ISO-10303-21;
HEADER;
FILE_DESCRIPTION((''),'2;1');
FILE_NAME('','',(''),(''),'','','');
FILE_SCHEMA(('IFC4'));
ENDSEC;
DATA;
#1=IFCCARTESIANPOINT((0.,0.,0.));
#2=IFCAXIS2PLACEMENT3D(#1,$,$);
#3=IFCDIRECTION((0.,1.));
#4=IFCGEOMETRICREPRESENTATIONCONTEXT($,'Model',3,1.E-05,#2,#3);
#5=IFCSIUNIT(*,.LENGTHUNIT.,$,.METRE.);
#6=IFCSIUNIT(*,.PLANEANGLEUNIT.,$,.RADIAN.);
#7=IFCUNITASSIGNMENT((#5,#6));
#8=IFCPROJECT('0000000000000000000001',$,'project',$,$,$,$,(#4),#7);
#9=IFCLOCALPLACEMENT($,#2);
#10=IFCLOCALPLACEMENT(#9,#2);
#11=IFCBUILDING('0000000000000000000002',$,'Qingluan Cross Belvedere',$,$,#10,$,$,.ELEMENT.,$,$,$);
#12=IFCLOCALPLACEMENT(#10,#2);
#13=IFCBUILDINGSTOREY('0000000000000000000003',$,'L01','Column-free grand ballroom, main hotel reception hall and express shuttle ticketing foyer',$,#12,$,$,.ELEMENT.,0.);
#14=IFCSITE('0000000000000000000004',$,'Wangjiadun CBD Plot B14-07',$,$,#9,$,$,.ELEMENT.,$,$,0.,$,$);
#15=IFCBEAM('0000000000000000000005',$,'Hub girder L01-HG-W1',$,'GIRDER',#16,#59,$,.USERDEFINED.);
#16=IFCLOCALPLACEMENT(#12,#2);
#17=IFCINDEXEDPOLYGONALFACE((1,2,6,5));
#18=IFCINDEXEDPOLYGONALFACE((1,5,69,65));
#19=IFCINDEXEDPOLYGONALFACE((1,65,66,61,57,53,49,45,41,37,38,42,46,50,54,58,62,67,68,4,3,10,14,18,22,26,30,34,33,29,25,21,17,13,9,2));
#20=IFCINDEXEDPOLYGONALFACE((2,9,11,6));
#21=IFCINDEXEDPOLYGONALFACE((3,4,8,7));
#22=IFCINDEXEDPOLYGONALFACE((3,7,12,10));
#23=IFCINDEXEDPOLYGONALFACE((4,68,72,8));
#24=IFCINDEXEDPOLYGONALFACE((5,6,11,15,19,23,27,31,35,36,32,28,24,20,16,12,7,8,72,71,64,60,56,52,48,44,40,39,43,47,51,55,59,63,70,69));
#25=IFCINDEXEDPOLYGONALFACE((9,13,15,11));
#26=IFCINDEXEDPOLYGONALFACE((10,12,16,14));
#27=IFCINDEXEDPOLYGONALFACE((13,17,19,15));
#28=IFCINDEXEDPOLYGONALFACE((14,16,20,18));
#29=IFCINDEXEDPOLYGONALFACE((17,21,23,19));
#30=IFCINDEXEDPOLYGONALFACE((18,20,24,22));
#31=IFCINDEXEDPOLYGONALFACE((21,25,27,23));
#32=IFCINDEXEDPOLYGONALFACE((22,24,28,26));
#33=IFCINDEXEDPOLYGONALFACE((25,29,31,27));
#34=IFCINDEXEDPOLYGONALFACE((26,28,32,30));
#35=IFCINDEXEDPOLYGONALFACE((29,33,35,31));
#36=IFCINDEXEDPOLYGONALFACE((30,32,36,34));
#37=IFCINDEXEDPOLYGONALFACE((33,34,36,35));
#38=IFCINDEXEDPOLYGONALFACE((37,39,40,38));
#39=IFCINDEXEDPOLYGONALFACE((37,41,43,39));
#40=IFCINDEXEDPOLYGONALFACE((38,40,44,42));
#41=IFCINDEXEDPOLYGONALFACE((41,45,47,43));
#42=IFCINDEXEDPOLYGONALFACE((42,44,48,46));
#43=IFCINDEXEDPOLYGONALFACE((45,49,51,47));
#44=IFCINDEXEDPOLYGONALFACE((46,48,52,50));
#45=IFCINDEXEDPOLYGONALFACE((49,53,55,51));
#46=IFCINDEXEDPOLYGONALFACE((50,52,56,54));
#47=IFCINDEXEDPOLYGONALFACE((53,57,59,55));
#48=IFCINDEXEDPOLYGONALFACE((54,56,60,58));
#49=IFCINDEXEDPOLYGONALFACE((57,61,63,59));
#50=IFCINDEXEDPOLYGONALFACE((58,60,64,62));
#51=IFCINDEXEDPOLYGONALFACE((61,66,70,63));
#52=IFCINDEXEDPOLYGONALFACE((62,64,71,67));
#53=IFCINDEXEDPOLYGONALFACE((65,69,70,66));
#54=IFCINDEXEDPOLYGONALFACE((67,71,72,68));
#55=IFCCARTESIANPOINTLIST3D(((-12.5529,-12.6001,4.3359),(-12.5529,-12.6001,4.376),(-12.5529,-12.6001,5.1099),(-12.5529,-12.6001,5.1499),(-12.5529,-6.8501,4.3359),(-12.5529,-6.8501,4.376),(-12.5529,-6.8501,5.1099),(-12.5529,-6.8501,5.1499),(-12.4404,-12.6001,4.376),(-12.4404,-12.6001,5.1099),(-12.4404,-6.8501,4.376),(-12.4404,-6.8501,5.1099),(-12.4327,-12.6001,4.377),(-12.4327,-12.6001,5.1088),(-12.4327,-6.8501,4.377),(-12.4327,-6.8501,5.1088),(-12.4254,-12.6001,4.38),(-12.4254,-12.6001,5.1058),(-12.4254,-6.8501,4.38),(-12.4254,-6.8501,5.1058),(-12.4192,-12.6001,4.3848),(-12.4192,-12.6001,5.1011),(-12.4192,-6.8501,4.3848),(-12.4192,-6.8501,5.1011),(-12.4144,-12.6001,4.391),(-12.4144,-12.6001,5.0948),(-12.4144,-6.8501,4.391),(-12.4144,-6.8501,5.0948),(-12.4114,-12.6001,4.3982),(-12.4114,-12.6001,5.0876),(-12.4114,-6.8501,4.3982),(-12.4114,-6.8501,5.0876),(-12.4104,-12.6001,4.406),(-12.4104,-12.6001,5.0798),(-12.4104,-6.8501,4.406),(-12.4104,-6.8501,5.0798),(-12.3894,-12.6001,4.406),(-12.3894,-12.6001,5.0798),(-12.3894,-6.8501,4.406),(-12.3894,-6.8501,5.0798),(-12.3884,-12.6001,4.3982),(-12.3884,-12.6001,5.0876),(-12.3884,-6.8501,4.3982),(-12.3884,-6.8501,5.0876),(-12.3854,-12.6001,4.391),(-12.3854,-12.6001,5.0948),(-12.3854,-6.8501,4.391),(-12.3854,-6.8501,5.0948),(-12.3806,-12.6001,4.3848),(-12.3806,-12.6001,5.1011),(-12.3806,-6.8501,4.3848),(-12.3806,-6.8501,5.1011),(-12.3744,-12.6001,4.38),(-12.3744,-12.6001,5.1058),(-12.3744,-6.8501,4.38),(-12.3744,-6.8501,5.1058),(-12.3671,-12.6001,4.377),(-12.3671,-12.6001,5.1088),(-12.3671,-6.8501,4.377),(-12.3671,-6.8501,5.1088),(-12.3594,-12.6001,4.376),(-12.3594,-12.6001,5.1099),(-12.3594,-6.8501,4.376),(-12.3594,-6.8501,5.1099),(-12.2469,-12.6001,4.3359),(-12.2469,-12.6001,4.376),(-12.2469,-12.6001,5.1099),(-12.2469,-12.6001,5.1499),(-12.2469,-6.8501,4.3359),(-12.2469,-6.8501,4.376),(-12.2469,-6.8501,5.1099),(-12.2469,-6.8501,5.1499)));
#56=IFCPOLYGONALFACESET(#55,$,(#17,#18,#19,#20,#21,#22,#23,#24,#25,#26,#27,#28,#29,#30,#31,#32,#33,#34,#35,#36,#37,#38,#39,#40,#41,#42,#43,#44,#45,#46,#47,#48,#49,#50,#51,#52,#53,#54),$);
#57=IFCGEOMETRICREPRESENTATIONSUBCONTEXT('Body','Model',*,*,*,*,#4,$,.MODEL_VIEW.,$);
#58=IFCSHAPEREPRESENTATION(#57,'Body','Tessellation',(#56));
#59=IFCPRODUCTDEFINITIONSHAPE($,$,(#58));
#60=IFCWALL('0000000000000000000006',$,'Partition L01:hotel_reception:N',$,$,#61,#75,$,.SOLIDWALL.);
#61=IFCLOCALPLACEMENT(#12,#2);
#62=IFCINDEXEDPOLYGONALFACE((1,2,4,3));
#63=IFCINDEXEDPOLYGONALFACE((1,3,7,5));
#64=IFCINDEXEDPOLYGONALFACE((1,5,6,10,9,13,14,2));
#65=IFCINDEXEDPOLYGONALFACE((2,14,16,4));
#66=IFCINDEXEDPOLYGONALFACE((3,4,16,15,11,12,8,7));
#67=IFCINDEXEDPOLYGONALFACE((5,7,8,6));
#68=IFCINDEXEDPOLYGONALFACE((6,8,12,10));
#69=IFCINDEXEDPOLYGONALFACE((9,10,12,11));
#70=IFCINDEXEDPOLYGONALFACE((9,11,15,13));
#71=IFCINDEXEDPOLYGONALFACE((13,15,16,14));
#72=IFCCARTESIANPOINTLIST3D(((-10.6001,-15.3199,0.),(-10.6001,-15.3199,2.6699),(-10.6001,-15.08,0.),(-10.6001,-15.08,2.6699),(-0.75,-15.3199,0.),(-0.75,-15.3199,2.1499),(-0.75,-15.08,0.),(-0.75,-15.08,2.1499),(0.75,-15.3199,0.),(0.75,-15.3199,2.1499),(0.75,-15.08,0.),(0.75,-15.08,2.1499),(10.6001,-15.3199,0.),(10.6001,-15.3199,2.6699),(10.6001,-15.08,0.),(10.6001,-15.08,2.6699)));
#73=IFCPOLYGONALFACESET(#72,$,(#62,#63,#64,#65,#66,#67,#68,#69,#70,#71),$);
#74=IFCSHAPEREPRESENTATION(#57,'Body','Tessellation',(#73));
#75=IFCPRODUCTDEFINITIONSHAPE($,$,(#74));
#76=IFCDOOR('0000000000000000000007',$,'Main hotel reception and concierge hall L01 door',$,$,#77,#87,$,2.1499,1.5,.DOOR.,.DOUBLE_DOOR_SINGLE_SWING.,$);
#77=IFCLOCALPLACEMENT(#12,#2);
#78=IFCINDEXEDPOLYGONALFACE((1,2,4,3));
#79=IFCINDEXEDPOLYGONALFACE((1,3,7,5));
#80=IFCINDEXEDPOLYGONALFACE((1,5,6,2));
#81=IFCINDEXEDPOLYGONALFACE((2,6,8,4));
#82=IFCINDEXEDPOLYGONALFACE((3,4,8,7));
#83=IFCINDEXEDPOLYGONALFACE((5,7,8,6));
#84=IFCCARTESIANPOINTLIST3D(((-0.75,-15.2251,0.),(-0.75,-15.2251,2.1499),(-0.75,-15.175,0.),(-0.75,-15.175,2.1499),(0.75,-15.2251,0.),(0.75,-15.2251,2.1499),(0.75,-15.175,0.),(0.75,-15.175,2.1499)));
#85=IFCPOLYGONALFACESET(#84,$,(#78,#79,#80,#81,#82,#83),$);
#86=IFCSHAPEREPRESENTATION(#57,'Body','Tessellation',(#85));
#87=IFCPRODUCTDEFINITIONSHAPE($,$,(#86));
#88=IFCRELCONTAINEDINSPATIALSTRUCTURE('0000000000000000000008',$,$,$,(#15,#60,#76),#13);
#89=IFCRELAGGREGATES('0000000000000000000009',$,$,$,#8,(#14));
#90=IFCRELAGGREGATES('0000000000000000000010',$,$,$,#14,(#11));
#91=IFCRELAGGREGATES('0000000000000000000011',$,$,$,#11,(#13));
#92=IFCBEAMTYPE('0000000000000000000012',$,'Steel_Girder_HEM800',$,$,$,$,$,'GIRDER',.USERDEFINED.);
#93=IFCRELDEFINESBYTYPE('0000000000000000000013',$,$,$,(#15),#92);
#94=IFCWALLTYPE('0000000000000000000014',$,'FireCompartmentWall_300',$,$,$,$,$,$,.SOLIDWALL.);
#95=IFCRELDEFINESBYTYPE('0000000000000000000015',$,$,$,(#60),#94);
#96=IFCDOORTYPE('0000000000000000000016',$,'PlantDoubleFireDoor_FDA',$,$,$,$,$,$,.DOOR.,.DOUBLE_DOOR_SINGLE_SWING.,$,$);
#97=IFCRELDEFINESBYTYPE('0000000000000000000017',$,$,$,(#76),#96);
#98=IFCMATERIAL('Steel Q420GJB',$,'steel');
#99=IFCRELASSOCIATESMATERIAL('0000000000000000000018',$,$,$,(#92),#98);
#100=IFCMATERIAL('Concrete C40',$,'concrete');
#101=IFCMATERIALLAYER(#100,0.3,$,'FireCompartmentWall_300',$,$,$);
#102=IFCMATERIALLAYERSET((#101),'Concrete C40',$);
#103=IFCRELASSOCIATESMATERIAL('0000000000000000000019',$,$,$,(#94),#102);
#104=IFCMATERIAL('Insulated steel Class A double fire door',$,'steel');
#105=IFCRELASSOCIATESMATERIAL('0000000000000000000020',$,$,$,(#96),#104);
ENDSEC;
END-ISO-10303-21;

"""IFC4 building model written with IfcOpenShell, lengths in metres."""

from ifc_helpers import new_model, si_unit, direction, frame, frame_2d, origin, origin_2d, place, context, subcontext, project, spatial, rectangle, i_section, extrude, material, layer, layer_set, material_profile, profile_set, type_object, element, fill, save


model = new_model("IFC4")

# Units and contexts
model_context = context("Model", 3, precision=1e-05, world=origin(), true_north=direction((0.0, 1.0)))
body_context = subcontext(model_context, "Body", "Model", "MODEL_VIEW")
ifc_project = project(units=[si_unit("LENGTHUNIT", "METRE"), si_unit("PLANEANGLEUNIT", "RADIAN")], contexts=[model_context])

# Site, building, storey
site_placement = place(None, origin())
site = spatial("IfcSite", under=ifc_project, at=site_placement, Name="Wangjiadun CBD Plot B14-07", CompositionType="ELEMENT", RefElevation=0.0)
building_placement = place(site_placement, origin())
building = spatial("IfcBuilding", under=site, at=building_placement, Name="Qingluan Cross Belvedere", CompositionType="ELEMENT")
storey_placement = place(building_placement, origin())
storey = spatial("IfcBuildingStorey", under=building, at=storey_placement, Name="L01", Description="Column-free grand ballroom, main hotel reception hall and express shuttle ticketing foyer", CompositionType="ELEMENT", Elevation=0.0)

# Beam
ifc_material_1 = material(Name="Steel Q420GJB", Category="steel")
ifc_material_profile_1 = material_profile(ifc_material_1, i_section(OverallWidth=0.3059, OverallDepth=0.814, WebThickness=0.021, FlangeThickness=0.04, FilletRadius=0.03, at=origin_2d()), Name="HEM800")
ifc_profile_set_1 = profile_set([ifc_material_profile_1], Name="Steel Q420GJB")
beam_type_1 = type_object("IfcBeamType", Name="Steel_Girder_HEM800", ElementType="GIRDER", PredefinedType="USERDEFINED", material=ifc_profile_set_1)
beam_1_placement = place(storey_placement, frame((-12.3999, -12.6001, 4.7429), z_axis=(0.0, 1.0, 0.0), x_axis=(-1.0, 0.0, 0.0)))
element("IfcBeam", 1, at=beam_1_placement, inside=storey, type_object=beam_type_1, Name="Hub girder L01-HG-W1", ObjectType="GIRDER", PredefinedType="USERDEFINED", context=body_context, shape_type="SweptSolid", body=[
    extrude(i_section(OverallWidth=0.3059, OverallDepth=0.814, WebThickness=0.021, FlangeThickness=0.04, FilletRadius=0.03, at=origin_2d()), origin(), (0.0, 0.0, 1.0), 5.75),
])

# Wall, opening, door
ifc_material_2 = material(Name="Concrete C40", Category="concrete")
ifc_layer_1 = layer(ifc_material_2, 0.3, Name="FireCompartmentWall_300")
ifc_layer_set_1 = layer_set([ifc_layer_1], Name="Concrete C40")
wall_type_1 = type_object("IfcWallType", Name="FireCompartmentWall_300", PredefinedType="SOLIDWALL", material=ifc_layer_set_1)
wall_1_placement = place(storey_placement, frame((-10.6001, -15.2, 0.0), z_axis=(0.0, 0.0, 1.0), x_axis=(1.0, 0.0, 0.0)))
wall_1 = element("IfcWall", 2, at=wall_1_placement, inside=storey, type_object=wall_type_1, Name="Partition L01:hotel_reception:N", PredefinedType="SOLIDWALL", context=body_context, shape_type="SweptSolid", body=[
    extrude(rectangle(XDim=21.2002, YDim=0.24, at=frame_2d((10.6001, 0.0))), origin(), (0.0, 0.0, 1.0), 2.6699),
])
opening_1_placement = place(wall_1_placement, frame((9.8501, 0.0, 0.0)))
opening_1 = element("IfcOpeningElement", 3, at=opening_1_placement, cuts=wall_1, PredefinedType="OPENING", context=body_context, shape_type="SweptSolid", body=[
    extrude(rectangle(XDim=1.5, YDim=2.1499, at=frame_2d((0.75, 1.075))), frame((0.0, 0.1299, 0.0), z_axis=(0.0, -1.0, 0.0), x_axis=(1.0, 0.0, 0.0)), (0.0, 0.0, 1.0), 0.26),
])
ifc_material_3 = material(Name="Insulated steel Class A double fire door", Category="steel")
door_type_1 = type_object("IfcDoorType", Name="PlantDoubleFireDoor_FDA", OperationType="DOUBLE_DOOR_SINGLE_SWING", PredefinedType="DOOR", material=ifc_material_3)
door_1_placement = place(opening_1_placement, origin())
door_1 = element("IfcDoor", 4, at=door_1_placement, inside=storey, type_object=door_type_1, Name="Main hotel reception and concierge hall L01 door", OperationType="DOUBLE_DOOR_SINGLE_SWING", OverallHeight=2.1499, OverallWidth=1.5, PredefinedType="DOOR", context=body_context, shape_type="SweptSolid", body=[
    extrude(rectangle(XDim=1.5, YDim=2.1499, at=frame_2d((0.75, 1.075))), frame((0.0, 0.0249, 0.0), z_axis=(0.0, -1.0, 0.0), x_axis=(1.0, 0.0, 0.0)), (0.0, 0.0, 1.0), 0.05),
])
fill(opening_1, door_1)

save(model, "model.ifc")
